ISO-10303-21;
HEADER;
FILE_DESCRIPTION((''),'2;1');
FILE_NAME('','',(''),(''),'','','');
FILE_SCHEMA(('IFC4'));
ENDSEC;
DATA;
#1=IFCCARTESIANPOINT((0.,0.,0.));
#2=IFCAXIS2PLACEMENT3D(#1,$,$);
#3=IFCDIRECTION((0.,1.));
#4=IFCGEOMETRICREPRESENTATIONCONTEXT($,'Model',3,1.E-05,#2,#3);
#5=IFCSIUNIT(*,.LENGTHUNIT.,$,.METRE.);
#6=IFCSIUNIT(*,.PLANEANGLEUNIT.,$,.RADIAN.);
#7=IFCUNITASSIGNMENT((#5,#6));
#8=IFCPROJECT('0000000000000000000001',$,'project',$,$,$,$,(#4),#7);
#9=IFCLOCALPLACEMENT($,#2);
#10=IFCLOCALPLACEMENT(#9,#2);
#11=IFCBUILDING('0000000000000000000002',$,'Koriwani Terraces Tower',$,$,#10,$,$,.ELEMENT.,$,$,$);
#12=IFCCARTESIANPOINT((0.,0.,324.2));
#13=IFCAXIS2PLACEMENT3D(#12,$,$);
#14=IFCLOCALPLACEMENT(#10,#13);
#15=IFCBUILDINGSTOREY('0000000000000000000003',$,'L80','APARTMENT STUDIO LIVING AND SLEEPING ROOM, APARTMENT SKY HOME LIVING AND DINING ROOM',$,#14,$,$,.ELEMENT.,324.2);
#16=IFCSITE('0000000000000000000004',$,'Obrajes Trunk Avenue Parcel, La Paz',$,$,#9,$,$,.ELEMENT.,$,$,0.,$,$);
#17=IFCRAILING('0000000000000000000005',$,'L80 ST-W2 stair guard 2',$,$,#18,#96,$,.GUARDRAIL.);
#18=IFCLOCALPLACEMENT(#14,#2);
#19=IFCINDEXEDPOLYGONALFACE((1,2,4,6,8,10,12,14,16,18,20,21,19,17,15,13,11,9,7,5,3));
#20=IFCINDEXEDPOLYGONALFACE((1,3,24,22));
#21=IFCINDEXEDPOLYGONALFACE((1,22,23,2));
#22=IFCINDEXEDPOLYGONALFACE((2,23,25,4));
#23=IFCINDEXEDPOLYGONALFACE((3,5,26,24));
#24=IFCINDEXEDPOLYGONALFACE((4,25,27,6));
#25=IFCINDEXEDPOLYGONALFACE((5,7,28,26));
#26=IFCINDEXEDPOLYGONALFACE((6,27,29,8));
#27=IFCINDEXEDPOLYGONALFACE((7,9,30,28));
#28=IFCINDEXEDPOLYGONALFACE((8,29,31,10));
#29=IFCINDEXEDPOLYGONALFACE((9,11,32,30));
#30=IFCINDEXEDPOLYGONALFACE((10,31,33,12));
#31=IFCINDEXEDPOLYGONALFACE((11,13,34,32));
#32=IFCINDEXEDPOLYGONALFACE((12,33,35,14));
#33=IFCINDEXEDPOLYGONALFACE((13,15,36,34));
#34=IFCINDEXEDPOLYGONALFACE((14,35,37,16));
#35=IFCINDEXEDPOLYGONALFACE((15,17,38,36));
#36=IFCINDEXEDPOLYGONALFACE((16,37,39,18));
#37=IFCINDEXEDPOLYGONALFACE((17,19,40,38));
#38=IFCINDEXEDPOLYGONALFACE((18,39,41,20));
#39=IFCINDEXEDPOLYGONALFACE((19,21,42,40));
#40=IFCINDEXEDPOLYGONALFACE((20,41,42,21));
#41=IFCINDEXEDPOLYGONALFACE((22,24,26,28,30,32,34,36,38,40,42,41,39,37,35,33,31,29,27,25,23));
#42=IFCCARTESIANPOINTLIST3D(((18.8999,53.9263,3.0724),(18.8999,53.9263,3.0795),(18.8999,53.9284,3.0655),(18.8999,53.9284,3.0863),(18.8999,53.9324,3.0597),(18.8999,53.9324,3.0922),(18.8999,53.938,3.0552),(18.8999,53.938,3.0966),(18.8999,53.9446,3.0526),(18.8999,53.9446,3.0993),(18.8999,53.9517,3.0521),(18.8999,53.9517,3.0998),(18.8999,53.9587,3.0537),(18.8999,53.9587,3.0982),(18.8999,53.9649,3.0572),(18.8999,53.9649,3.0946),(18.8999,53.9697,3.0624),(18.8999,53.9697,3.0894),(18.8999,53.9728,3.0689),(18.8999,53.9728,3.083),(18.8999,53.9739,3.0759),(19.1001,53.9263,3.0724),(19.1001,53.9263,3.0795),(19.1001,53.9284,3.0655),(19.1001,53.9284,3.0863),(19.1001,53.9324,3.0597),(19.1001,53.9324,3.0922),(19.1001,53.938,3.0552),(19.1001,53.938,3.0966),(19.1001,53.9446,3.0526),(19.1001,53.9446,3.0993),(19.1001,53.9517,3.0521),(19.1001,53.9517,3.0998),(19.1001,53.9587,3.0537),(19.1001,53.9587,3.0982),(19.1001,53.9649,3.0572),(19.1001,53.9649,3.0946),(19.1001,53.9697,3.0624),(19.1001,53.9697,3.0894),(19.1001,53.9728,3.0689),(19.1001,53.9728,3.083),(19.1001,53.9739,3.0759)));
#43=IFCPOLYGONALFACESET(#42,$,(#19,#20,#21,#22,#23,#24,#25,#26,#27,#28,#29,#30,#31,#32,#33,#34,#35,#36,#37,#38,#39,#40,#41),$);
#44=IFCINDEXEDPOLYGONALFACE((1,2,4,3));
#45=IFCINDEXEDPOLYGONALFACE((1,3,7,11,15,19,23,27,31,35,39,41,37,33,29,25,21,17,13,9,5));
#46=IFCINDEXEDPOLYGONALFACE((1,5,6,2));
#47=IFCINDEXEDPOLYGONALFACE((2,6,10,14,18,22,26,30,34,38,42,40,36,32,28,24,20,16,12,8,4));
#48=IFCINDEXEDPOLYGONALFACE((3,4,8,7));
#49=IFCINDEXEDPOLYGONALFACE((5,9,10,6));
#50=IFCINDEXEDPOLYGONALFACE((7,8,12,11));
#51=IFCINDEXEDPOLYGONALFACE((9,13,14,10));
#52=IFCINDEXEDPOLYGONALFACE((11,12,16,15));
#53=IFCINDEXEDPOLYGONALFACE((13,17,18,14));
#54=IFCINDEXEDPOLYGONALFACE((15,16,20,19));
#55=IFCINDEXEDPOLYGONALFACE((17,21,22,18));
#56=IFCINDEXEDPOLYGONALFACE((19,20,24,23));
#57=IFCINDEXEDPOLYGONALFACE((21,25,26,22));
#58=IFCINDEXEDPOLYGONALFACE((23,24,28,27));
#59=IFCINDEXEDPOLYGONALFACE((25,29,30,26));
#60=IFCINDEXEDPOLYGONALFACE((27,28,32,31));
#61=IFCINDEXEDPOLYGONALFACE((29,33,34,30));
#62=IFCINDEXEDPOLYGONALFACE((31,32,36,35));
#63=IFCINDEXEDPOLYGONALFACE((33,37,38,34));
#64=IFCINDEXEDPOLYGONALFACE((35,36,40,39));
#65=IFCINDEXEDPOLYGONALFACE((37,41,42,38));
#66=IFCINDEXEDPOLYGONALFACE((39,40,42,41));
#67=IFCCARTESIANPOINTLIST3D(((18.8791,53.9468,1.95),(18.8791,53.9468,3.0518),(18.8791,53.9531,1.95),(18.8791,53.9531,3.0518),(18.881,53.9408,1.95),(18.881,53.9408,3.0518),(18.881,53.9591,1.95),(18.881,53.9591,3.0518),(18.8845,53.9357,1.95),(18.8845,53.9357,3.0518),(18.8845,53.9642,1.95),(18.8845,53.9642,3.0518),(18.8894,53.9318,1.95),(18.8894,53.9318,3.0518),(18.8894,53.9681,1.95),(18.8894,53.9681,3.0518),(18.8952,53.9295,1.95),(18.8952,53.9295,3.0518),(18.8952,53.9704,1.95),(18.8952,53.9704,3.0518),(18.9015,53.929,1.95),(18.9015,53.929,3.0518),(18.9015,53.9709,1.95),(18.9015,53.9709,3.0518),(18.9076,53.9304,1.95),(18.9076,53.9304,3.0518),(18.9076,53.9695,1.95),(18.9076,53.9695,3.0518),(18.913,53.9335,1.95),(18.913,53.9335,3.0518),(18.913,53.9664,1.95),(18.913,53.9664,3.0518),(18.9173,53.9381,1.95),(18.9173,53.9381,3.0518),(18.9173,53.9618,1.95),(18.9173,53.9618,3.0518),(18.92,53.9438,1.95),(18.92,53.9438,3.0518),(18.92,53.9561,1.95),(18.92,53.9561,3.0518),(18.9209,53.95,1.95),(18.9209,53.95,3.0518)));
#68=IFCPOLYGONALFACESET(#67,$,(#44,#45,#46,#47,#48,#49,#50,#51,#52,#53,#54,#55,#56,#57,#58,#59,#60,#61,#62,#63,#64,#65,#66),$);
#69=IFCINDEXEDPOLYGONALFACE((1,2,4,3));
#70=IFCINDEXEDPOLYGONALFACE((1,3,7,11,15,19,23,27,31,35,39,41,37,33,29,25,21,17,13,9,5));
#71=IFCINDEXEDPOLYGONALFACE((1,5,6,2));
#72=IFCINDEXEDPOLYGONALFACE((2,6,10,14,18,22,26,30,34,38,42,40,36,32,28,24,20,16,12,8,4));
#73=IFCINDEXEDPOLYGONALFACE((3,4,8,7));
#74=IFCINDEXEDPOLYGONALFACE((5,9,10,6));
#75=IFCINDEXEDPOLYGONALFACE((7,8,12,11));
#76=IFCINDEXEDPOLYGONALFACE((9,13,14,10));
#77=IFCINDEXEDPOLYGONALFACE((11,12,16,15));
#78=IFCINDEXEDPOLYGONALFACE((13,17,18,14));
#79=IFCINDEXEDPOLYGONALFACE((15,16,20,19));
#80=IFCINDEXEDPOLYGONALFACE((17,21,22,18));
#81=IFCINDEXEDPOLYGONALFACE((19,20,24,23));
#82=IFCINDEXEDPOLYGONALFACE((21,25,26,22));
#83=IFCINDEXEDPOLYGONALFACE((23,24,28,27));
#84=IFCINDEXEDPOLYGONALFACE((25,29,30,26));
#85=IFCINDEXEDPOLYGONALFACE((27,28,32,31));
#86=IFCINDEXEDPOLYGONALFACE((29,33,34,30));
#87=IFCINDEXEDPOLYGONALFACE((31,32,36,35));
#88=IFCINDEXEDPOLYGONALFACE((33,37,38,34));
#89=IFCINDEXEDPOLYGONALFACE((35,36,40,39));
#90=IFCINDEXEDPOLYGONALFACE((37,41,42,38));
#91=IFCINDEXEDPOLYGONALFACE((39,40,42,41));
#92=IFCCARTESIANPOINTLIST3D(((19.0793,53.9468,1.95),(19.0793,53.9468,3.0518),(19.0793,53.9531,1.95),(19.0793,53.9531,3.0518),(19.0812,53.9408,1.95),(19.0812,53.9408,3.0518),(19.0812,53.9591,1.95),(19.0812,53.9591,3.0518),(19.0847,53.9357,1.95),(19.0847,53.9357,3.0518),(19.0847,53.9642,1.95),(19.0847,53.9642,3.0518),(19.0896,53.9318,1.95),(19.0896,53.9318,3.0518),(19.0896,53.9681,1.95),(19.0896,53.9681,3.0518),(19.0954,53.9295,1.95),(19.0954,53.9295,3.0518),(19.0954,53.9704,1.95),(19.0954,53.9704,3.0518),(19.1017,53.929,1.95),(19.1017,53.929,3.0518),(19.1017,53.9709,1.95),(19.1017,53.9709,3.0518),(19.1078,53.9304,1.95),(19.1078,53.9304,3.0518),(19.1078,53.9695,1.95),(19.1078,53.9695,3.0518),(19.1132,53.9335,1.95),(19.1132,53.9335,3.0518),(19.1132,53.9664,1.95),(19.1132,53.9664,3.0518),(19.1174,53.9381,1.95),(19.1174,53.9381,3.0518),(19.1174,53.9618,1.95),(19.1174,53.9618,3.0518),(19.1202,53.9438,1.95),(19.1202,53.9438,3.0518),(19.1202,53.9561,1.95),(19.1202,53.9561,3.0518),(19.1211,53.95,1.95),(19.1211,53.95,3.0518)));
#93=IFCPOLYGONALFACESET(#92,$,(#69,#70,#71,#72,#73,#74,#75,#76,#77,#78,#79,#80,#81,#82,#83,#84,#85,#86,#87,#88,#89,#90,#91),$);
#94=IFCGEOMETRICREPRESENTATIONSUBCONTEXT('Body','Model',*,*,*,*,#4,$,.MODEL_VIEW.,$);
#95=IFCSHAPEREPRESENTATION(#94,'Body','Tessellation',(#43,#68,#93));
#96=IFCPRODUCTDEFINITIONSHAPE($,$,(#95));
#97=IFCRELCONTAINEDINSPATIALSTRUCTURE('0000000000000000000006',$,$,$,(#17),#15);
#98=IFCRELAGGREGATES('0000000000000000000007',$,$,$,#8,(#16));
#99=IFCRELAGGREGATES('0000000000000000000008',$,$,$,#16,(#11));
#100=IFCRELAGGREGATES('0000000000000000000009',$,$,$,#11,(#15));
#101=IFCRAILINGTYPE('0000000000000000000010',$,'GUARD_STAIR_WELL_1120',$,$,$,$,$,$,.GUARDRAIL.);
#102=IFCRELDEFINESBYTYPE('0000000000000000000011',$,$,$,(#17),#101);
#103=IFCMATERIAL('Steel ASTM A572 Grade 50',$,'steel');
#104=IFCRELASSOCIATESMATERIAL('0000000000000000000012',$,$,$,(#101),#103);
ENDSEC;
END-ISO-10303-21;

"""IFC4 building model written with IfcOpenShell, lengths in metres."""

from ifc_helpers import new_model, si_unit, direction, frame, origin, origin_2d, place, context, subcontext, project, spatial, circle, extrude, material, type_object, element, save


model = new_model("IFC4")

# Units and contexts
model_context = context("Model", 3, precision=1e-05, world=origin(), true_north=direction((0.0, 1.0)))
body_context = subcontext(model_context, "Body", "Model", "MODEL_VIEW")
ifc_project = project(units=[si_unit("LENGTHUNIT", "METRE"), si_unit("PLANEANGLEUNIT", "RADIAN")], contexts=[model_context])

# Site, building, storey
site_placement = place(None, origin())
site = spatial("IfcSite", under=ifc_project, at=site_placement, Name="Obrajes Trunk Avenue Parcel, La Paz", CompositionType="ELEMENT", RefElevation=0.0)
building_placement = place(site_placement, origin())
building = spatial("IfcBuilding", under=site, at=building_placement, Name="Koriwani Terraces Tower", CompositionType="ELEMENT")
storey_placement = place(building_placement, frame((0.0, 0.0, 324.2)))
storey = spatial("IfcBuildingStorey", under=building, at=storey_placement, Name="L80", Description="APARTMENT STUDIO LIVING AND SLEEPING ROOM, APARTMENT SKY HOME LIVING AND DINING ROOM", CompositionType="ELEMENT", Elevation=324.2)

# Shared definitions
ifc_material_1 = material(Name="Steel ASTM A572 Grade 50", Category="steel")

# Railing
railing_type_1 = type_object("IfcRailingType", Name="GUARD_STAIR_WELL_1120", PredefinedType="GUARDRAIL", material=ifc_material_1)
railing_1_placement = place(storey_placement, frame((18.8999, 53.95, 1.95)))
element("IfcRailing", 1, at=railing_1_placement, inside=storey, type_object=railing_type_1, Name="L80 ST-W2 stair guard 2", PredefinedType="GUARDRAIL", context=body_context, shape_type="SweptSolid", body=[
    extrude(circle(Radius=0.0239, at=origin_2d()), frame((0.0, 0.0, 1.126), z_axis=(1.0, 0.0, 0.0), x_axis=(0.0, 1.0, 0.0)), (0.0, 0.0, 1.0), 0.2002),
    extrude(circle(Radius=0.021, at=origin_2d()), origin(), (0.0, 0.0, 1.0), 1.1018),
    extrude(circle(Radius=0.021, at=origin_2d()), frame((0.2002, 0.0, 0.0)), (0.0, 0.0, 1.0), 1.1018),
])

save(model, "model.ifc")
